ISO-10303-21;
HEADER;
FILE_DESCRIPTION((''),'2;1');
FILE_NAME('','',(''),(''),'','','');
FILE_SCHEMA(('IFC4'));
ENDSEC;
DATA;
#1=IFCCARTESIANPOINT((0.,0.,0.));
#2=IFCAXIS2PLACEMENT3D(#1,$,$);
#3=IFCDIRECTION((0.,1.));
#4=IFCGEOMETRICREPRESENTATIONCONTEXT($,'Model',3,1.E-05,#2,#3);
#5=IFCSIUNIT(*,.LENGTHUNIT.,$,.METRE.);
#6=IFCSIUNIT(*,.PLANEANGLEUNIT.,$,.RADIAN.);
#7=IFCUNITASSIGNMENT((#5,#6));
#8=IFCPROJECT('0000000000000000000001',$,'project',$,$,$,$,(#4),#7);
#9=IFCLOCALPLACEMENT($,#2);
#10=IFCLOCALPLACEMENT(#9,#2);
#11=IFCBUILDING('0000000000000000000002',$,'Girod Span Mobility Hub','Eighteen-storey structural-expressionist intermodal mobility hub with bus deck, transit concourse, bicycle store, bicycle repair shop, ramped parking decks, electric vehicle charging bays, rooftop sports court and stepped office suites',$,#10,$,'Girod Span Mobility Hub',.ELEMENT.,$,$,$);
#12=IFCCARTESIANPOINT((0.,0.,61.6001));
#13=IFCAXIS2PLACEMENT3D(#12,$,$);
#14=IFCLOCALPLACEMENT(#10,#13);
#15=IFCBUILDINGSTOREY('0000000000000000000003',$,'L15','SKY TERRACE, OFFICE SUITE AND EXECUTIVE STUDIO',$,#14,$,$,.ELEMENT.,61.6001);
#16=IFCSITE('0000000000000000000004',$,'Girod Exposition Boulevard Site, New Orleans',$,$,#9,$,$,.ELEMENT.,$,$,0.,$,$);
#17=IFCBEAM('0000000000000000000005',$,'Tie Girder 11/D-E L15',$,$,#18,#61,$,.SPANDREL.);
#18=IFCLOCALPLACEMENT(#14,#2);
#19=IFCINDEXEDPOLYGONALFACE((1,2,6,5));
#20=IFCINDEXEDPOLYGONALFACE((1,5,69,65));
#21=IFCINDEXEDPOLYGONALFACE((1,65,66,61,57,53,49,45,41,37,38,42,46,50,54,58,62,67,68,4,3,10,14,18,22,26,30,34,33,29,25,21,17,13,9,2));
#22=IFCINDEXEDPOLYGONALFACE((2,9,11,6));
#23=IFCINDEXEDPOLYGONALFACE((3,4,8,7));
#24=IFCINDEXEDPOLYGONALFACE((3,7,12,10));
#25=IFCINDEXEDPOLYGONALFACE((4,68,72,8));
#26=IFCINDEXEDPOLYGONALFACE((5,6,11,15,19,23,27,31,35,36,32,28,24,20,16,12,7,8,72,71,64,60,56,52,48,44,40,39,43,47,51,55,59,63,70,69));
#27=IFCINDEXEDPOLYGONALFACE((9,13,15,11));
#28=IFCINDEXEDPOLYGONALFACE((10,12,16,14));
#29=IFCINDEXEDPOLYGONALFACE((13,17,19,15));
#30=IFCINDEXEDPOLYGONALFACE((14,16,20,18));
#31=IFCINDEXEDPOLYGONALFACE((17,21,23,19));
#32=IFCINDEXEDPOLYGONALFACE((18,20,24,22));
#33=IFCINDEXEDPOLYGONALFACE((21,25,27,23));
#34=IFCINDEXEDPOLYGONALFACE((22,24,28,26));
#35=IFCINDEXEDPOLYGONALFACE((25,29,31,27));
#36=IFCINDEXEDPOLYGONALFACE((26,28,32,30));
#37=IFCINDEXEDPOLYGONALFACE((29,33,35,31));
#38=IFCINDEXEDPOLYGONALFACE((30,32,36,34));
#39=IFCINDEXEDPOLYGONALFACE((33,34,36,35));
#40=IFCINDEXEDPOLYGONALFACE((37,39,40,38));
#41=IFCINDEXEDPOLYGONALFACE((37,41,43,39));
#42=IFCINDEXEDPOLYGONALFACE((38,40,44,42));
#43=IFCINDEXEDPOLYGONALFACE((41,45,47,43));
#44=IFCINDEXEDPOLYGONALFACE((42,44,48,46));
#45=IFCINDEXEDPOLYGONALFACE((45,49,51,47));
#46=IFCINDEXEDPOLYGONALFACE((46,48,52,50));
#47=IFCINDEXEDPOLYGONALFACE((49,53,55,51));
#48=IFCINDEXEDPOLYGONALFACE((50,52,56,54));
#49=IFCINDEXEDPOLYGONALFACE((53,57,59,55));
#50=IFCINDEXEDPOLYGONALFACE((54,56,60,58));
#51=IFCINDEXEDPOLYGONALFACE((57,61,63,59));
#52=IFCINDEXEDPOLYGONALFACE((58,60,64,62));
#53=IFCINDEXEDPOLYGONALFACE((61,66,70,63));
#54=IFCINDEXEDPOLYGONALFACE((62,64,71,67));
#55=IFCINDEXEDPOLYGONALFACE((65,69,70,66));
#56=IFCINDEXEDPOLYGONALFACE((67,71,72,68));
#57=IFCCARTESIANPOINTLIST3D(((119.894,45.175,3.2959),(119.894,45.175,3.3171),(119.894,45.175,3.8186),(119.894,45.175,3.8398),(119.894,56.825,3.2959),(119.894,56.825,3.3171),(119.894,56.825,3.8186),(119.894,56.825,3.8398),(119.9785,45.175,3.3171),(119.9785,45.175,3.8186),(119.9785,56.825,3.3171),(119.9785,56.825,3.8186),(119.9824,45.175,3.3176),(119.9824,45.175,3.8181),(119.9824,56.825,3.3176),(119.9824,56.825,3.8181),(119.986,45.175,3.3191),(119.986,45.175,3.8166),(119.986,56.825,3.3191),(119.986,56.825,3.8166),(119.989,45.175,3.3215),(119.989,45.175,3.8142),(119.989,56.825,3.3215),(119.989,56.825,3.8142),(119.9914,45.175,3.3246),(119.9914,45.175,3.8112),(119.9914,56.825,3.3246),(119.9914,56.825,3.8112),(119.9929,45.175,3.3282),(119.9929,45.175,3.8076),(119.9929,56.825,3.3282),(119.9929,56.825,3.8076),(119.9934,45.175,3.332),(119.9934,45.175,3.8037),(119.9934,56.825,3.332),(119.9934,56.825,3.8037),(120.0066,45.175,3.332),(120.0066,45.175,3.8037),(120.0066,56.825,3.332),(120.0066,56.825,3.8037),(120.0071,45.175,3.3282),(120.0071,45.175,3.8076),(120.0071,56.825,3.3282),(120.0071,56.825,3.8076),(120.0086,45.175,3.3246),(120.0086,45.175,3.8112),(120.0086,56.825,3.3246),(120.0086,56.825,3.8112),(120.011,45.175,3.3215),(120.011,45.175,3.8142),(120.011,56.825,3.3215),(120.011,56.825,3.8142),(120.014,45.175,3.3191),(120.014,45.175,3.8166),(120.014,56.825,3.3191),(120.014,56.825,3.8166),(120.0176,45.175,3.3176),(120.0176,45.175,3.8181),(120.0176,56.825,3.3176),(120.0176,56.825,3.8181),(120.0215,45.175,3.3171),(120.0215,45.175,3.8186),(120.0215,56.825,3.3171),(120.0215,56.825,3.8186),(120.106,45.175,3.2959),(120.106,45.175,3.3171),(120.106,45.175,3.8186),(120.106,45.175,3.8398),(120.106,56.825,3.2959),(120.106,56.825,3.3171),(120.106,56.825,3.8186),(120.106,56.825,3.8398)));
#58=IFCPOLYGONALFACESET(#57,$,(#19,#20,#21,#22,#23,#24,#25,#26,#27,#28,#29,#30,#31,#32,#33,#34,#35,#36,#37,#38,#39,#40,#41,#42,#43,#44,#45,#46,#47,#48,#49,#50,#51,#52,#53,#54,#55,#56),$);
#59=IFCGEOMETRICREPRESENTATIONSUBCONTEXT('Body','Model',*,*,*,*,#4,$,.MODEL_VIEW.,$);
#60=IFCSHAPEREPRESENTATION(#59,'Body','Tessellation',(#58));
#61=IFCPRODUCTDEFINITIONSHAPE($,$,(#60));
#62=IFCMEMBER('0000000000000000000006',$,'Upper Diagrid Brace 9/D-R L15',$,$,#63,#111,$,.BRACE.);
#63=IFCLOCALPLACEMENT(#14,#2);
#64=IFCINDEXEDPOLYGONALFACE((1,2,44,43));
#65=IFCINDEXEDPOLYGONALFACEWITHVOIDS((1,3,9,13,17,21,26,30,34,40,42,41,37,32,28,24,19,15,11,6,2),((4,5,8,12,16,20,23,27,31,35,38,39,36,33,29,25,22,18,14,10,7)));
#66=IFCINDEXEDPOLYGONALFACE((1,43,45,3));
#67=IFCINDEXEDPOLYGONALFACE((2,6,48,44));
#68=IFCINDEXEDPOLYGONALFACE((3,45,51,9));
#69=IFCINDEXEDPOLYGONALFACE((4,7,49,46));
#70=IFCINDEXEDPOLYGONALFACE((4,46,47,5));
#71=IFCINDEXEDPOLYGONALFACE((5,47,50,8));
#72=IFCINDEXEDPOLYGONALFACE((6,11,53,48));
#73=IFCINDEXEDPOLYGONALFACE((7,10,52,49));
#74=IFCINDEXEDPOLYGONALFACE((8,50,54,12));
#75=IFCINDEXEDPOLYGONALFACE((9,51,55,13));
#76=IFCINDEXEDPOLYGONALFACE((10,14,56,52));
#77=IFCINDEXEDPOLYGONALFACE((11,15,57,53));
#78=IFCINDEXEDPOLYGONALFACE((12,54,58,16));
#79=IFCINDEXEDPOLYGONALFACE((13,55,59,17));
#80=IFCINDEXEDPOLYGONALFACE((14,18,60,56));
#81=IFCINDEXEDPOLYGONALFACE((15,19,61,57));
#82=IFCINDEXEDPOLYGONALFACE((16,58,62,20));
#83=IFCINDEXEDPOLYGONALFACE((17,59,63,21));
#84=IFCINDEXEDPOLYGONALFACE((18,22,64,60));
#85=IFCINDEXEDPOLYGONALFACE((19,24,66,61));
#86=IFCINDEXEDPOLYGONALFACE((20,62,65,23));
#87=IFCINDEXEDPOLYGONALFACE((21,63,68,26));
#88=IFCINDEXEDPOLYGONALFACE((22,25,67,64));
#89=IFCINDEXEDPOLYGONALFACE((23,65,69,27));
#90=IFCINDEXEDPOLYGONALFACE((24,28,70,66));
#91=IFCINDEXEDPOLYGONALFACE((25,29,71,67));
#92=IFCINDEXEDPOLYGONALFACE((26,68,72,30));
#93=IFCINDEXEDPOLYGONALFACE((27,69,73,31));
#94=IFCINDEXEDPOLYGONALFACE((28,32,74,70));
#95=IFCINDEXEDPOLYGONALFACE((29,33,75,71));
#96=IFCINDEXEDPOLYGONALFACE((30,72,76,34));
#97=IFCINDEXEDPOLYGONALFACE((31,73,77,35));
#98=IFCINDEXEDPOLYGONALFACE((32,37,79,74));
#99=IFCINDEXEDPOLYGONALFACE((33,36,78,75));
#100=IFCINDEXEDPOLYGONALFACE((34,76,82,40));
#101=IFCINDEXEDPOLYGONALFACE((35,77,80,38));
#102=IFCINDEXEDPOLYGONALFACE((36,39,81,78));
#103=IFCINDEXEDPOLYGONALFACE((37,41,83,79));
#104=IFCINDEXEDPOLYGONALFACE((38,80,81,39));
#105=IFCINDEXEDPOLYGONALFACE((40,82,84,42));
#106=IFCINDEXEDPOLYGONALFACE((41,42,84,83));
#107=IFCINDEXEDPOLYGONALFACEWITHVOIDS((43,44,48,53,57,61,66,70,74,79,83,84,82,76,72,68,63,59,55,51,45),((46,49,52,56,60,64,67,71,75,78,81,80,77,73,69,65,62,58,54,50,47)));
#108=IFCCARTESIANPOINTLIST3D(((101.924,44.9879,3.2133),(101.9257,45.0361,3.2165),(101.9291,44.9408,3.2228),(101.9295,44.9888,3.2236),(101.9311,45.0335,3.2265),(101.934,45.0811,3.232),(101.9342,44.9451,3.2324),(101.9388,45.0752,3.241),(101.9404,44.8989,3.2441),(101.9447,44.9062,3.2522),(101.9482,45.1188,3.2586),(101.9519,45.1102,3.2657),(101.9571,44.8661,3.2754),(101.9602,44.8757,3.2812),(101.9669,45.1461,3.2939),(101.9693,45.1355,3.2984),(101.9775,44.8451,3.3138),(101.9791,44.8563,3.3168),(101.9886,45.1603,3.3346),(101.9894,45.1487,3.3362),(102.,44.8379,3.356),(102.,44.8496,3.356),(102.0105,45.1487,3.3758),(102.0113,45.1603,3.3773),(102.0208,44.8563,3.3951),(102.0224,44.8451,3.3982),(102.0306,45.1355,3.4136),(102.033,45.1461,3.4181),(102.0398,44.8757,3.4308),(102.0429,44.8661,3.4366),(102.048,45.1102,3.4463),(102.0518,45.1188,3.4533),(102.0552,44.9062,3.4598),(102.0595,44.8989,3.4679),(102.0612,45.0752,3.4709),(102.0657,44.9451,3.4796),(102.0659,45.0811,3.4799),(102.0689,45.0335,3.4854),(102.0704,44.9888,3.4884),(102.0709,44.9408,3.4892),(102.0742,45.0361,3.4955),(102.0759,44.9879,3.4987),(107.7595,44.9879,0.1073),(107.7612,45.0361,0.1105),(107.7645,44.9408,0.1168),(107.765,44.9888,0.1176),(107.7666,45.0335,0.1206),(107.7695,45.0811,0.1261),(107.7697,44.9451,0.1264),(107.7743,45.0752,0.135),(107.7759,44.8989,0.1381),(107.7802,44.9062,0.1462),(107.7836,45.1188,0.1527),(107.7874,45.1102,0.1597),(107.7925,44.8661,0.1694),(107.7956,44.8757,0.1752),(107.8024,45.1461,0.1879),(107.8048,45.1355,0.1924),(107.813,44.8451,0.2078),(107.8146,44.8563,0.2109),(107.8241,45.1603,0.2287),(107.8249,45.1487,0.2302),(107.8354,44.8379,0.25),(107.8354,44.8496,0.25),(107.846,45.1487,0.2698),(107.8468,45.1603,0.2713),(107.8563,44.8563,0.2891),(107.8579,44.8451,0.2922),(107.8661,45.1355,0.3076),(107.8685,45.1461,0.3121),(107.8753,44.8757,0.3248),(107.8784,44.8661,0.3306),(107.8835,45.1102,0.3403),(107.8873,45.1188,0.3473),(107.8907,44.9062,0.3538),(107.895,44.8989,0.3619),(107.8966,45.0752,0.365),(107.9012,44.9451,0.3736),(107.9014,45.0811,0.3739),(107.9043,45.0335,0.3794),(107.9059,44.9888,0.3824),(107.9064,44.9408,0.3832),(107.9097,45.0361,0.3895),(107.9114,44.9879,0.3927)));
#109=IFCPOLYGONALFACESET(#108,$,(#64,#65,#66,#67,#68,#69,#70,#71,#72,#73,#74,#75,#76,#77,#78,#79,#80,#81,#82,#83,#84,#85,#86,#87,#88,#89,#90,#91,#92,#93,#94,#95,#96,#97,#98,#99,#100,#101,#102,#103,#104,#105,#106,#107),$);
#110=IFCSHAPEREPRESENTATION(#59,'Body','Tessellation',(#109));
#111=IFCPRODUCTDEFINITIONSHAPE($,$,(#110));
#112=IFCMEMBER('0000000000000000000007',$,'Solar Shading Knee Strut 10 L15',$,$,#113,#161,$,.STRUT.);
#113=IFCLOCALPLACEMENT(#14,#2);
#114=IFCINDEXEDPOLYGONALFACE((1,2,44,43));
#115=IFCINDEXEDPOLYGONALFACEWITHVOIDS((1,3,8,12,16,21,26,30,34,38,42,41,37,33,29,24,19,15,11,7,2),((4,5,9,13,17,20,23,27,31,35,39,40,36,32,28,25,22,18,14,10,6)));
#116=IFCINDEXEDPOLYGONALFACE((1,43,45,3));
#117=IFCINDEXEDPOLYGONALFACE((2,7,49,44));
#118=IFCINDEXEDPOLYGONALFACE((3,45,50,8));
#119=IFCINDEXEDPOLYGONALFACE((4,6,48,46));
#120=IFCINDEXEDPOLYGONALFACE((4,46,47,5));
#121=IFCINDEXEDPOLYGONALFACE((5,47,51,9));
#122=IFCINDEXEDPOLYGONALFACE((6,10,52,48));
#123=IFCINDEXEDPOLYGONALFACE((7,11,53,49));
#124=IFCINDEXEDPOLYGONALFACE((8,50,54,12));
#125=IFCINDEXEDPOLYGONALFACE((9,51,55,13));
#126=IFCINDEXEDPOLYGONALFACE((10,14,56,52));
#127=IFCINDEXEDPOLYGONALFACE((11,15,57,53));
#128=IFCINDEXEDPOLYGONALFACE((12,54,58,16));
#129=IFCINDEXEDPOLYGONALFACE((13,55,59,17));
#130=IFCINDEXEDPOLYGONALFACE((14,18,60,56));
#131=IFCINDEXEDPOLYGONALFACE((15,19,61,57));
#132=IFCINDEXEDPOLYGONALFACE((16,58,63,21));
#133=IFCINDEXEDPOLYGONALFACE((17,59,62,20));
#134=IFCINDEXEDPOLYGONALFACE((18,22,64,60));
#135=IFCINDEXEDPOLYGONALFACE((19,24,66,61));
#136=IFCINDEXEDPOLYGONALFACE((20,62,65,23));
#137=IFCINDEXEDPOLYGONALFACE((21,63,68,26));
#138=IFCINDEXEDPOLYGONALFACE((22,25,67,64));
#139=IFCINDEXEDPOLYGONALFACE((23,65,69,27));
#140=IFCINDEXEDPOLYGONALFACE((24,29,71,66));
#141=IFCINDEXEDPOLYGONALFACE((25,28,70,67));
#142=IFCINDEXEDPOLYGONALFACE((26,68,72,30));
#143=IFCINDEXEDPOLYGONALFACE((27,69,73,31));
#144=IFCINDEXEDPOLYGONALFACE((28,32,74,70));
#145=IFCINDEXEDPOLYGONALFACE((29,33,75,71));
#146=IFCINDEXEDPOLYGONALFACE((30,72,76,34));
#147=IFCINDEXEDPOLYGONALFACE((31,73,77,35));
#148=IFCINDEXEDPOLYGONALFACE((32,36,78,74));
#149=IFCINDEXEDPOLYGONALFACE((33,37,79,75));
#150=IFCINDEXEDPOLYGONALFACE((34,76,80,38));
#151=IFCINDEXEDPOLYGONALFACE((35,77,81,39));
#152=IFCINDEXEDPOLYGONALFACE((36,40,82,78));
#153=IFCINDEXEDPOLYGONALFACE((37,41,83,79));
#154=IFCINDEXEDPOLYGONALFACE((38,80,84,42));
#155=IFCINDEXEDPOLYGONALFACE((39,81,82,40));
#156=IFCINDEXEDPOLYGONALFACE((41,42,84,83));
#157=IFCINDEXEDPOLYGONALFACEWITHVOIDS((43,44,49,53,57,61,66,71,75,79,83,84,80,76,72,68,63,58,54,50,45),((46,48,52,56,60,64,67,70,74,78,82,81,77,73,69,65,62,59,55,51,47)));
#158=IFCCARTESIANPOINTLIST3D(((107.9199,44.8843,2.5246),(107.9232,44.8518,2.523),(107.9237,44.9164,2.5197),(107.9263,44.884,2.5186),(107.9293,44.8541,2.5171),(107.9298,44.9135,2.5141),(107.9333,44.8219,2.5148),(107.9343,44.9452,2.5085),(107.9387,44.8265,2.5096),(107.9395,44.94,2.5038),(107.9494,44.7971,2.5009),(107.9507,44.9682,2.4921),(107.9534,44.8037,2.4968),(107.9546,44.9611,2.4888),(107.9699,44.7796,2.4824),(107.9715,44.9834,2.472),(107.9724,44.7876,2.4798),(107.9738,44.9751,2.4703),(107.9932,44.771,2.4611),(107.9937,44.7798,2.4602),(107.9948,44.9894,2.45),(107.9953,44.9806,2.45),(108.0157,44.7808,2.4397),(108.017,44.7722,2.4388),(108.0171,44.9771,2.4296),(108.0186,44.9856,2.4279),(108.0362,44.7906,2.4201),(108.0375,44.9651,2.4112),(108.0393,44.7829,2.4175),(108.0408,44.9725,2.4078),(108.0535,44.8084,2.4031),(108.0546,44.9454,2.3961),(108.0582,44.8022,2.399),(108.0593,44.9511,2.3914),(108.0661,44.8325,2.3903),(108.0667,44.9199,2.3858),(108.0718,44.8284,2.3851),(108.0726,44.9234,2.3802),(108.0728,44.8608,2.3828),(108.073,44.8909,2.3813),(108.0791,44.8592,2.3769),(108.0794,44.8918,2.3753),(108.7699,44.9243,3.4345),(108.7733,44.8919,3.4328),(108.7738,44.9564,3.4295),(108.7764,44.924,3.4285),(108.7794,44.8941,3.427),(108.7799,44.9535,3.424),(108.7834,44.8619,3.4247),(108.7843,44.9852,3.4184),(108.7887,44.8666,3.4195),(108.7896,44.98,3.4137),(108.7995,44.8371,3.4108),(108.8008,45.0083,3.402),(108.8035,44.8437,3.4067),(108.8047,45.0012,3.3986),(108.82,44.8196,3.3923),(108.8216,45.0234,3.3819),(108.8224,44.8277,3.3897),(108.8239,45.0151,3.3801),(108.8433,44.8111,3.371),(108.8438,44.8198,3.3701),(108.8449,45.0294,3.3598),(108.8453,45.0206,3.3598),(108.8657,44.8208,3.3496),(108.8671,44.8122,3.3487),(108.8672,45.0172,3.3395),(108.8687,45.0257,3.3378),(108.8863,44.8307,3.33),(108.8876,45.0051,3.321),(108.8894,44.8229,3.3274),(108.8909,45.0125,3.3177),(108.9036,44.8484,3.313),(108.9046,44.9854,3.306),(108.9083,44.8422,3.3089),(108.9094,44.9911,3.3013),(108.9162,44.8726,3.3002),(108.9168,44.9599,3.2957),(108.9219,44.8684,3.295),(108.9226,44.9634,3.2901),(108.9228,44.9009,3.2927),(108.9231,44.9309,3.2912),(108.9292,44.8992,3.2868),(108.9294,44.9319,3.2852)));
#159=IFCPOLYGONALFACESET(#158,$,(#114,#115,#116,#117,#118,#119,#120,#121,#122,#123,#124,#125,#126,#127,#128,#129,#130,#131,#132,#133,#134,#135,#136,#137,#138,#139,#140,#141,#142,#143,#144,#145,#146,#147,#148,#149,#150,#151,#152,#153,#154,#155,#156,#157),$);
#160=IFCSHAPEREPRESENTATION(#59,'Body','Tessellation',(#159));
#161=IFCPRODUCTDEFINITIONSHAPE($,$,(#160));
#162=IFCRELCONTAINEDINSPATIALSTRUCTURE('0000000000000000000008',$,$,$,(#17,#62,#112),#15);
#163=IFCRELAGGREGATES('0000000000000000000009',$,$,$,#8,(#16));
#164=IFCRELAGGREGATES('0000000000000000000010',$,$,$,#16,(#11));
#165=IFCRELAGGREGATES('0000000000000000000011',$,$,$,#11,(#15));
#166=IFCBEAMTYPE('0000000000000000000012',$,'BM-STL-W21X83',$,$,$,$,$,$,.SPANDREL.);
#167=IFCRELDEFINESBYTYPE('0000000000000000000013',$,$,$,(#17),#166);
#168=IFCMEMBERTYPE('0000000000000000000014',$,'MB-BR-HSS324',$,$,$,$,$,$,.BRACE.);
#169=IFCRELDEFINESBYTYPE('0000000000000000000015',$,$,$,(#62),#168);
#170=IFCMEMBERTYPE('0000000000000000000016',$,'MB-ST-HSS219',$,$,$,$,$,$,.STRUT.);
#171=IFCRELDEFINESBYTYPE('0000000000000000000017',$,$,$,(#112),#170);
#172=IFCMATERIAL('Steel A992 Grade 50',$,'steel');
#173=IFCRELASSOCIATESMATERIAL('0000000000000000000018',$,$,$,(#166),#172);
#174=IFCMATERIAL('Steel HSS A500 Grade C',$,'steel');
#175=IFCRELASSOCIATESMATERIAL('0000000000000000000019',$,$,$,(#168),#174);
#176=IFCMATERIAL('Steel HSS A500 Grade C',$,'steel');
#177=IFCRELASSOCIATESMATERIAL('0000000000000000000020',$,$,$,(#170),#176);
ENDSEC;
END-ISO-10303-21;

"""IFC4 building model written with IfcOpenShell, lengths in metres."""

from ifc_helpers import new_model, si_unit, direction, frame, origin, origin_2d, place, context, subcontext, project, spatial, hollow_circle, i_section, extrude, material, material_profile, profile_set, type_object, element, save


model = new_model("IFC4")

# Units and contexts
model_context = context("Model", 3, precision=1e-05, world=origin(), true_north=direction((0.0, 1.0)))
body_context = subcontext(model_context, "Body", "Model", "MODEL_VIEW")
ifc_project = project(units=[si_unit("LENGTHUNIT", "METRE"), si_unit("PLANEANGLEUNIT", "RADIAN")], contexts=[model_context])

# Site, building, storey
site_placement = place(None, origin())
site = spatial("IfcSite", under=ifc_project, at=site_placement, Name="Girod Exposition Boulevard Site, New Orleans", CompositionType="ELEMENT", RefElevation=0.0)
building_placement = place(site_placement, origin())
building = spatial("IfcBuilding", under=site, at=building_placement, Name="Girod Span Mobility Hub", Description="Eighteen-storey structural-expressionist intermodal mobility hub with bus deck, transit concourse, bicycle store, bicycle repair shop, ramped parking decks, electric vehicle charging bays, rooftop sports court and stepped office suites", LongName="Girod Span Mobility Hub", CompositionType="ELEMENT")
storey_placement = place(building_placement, frame((0.0, 0.0, 61.6001)))
storey = spatial("IfcBuildingStorey", under=building, at=storey_placement, Name="L15", Description="SKY TERRACE, OFFICE SUITE AND EXECUTIVE STUDIO", CompositionType="ELEMENT", Elevation=61.6001)

# Beam
ifc_material_1 = material(Name="Steel A992 Grade 50", Category="steel")
ifc_material_profile_1 = material_profile(ifc_material_1, i_section(OverallWidth=0.2119, OverallDepth=0.5439, WebThickness=0.0132, FlangeThickness=0.0212, FilletRadius=0.0149, at=origin_2d()), Name="W21X83")
ifc_profile_set_1 = profile_set([ifc_material_profile_1], Name="Steel A992 Grade 50")
beam_type_1 = type_object("IfcBeamType", Name="BM-STL-W21X83", PredefinedType="SPANDREL", material=ifc_profile_set_1)
beam_1_placement = place(storey_placement, frame((120.0, 45.175, 3.5679), z_axis=(0.0, 1.0, 0.0), x_axis=(-1.0, 0.0, 0.0)))
element("IfcBeam", 1, at=beam_1_placement, inside=storey, type_object=beam_type_1, Name="Tie Girder 11/D-E L15", PredefinedType="SPANDREL", context=body_context, shape_type="SweptSolid", body=[
    extrude(i_section(OverallWidth=0.2119, OverallDepth=0.5439, WebThickness=0.0132, FlangeThickness=0.0212, FilletRadius=0.0149, at=origin_2d()), origin(), (0.0, 0.0, 1.0), 11.6499),
])

# Members
ifc_material_2 = material(Name="Steel HSS A500 Grade C", Category="steel")
ifc_material_profile_2 = material_profile(ifc_material_2, hollow_circle(Radius=0.1621, WallThickness=0.0117, at=origin_2d()), Name="HSS324X12.7")
ifc_profile_set_2 = profile_set([ifc_material_profile_2], Name="Steel HSS A500 Grade C")
member_type_1 = type_object("IfcMemberType", Name="MB-BR-HSS324", PredefinedType="BRACE", material=ifc_profile_set_2)
member_1_placement = place(storey_placement, frame((107.8354, 45.0, 0.25), z_axis=(-0.882747, 0.0, 0.469848), x_axis=(0.0, -1.0, 0.0)))
element("IfcMember", 2, at=member_1_placement, inside=storey, type_object=member_type_1, Name="Upper Diagrid Brace 9/D-R L15", PredefinedType="BRACE", context=body_context, shape_type="SweptSolid", body=[
    extrude(hollow_circle(Radius=0.1621, WallThickness=0.0117, at=origin_2d()), origin(), (0.0, 0.0, 1.0), 6.6106),
])
ifc_material_3 = material(Name="Steel HSS A500 Grade C", Category="steel")
ifc_material_profile_3 = material_profile(ifc_material_3, hollow_circle(Radius=0.1096, WallThickness=0.0088, at=origin_2d()), Name="HSS219X9.5")
ifc_profile_set_3 = profile_set([ifc_material_profile_3], Name="Steel HSS A500 Grade C")
member_type_2 = type_object("IfcMemberType", Name="MB-ST-HSS219", PredefinedType="STRUT", material=ifc_profile_set_3)
member_2_placement = place(storey_placement, frame((108.0, 44.8799, 2.45), z_axis=(0.682329, 0.032137, 0.730339), x_axis=(-0.047047, 0.998893, 0.0)))
element("IfcMember", 3, at=member_2_placement, inside=storey, type_object=member_type_2, Name="Solar Shading Knee Strut 10 L15", PredefinedType="STRUT", context=body_context, shape_type="SweptSolid", body=[
    extrude(hollow_circle(Radius=0.1096, WallThickness=0.0088, at=origin_2d()), origin(), (0.0, 0.0, 1.0), 1.2458),
])

save(model, "model.ifc")
